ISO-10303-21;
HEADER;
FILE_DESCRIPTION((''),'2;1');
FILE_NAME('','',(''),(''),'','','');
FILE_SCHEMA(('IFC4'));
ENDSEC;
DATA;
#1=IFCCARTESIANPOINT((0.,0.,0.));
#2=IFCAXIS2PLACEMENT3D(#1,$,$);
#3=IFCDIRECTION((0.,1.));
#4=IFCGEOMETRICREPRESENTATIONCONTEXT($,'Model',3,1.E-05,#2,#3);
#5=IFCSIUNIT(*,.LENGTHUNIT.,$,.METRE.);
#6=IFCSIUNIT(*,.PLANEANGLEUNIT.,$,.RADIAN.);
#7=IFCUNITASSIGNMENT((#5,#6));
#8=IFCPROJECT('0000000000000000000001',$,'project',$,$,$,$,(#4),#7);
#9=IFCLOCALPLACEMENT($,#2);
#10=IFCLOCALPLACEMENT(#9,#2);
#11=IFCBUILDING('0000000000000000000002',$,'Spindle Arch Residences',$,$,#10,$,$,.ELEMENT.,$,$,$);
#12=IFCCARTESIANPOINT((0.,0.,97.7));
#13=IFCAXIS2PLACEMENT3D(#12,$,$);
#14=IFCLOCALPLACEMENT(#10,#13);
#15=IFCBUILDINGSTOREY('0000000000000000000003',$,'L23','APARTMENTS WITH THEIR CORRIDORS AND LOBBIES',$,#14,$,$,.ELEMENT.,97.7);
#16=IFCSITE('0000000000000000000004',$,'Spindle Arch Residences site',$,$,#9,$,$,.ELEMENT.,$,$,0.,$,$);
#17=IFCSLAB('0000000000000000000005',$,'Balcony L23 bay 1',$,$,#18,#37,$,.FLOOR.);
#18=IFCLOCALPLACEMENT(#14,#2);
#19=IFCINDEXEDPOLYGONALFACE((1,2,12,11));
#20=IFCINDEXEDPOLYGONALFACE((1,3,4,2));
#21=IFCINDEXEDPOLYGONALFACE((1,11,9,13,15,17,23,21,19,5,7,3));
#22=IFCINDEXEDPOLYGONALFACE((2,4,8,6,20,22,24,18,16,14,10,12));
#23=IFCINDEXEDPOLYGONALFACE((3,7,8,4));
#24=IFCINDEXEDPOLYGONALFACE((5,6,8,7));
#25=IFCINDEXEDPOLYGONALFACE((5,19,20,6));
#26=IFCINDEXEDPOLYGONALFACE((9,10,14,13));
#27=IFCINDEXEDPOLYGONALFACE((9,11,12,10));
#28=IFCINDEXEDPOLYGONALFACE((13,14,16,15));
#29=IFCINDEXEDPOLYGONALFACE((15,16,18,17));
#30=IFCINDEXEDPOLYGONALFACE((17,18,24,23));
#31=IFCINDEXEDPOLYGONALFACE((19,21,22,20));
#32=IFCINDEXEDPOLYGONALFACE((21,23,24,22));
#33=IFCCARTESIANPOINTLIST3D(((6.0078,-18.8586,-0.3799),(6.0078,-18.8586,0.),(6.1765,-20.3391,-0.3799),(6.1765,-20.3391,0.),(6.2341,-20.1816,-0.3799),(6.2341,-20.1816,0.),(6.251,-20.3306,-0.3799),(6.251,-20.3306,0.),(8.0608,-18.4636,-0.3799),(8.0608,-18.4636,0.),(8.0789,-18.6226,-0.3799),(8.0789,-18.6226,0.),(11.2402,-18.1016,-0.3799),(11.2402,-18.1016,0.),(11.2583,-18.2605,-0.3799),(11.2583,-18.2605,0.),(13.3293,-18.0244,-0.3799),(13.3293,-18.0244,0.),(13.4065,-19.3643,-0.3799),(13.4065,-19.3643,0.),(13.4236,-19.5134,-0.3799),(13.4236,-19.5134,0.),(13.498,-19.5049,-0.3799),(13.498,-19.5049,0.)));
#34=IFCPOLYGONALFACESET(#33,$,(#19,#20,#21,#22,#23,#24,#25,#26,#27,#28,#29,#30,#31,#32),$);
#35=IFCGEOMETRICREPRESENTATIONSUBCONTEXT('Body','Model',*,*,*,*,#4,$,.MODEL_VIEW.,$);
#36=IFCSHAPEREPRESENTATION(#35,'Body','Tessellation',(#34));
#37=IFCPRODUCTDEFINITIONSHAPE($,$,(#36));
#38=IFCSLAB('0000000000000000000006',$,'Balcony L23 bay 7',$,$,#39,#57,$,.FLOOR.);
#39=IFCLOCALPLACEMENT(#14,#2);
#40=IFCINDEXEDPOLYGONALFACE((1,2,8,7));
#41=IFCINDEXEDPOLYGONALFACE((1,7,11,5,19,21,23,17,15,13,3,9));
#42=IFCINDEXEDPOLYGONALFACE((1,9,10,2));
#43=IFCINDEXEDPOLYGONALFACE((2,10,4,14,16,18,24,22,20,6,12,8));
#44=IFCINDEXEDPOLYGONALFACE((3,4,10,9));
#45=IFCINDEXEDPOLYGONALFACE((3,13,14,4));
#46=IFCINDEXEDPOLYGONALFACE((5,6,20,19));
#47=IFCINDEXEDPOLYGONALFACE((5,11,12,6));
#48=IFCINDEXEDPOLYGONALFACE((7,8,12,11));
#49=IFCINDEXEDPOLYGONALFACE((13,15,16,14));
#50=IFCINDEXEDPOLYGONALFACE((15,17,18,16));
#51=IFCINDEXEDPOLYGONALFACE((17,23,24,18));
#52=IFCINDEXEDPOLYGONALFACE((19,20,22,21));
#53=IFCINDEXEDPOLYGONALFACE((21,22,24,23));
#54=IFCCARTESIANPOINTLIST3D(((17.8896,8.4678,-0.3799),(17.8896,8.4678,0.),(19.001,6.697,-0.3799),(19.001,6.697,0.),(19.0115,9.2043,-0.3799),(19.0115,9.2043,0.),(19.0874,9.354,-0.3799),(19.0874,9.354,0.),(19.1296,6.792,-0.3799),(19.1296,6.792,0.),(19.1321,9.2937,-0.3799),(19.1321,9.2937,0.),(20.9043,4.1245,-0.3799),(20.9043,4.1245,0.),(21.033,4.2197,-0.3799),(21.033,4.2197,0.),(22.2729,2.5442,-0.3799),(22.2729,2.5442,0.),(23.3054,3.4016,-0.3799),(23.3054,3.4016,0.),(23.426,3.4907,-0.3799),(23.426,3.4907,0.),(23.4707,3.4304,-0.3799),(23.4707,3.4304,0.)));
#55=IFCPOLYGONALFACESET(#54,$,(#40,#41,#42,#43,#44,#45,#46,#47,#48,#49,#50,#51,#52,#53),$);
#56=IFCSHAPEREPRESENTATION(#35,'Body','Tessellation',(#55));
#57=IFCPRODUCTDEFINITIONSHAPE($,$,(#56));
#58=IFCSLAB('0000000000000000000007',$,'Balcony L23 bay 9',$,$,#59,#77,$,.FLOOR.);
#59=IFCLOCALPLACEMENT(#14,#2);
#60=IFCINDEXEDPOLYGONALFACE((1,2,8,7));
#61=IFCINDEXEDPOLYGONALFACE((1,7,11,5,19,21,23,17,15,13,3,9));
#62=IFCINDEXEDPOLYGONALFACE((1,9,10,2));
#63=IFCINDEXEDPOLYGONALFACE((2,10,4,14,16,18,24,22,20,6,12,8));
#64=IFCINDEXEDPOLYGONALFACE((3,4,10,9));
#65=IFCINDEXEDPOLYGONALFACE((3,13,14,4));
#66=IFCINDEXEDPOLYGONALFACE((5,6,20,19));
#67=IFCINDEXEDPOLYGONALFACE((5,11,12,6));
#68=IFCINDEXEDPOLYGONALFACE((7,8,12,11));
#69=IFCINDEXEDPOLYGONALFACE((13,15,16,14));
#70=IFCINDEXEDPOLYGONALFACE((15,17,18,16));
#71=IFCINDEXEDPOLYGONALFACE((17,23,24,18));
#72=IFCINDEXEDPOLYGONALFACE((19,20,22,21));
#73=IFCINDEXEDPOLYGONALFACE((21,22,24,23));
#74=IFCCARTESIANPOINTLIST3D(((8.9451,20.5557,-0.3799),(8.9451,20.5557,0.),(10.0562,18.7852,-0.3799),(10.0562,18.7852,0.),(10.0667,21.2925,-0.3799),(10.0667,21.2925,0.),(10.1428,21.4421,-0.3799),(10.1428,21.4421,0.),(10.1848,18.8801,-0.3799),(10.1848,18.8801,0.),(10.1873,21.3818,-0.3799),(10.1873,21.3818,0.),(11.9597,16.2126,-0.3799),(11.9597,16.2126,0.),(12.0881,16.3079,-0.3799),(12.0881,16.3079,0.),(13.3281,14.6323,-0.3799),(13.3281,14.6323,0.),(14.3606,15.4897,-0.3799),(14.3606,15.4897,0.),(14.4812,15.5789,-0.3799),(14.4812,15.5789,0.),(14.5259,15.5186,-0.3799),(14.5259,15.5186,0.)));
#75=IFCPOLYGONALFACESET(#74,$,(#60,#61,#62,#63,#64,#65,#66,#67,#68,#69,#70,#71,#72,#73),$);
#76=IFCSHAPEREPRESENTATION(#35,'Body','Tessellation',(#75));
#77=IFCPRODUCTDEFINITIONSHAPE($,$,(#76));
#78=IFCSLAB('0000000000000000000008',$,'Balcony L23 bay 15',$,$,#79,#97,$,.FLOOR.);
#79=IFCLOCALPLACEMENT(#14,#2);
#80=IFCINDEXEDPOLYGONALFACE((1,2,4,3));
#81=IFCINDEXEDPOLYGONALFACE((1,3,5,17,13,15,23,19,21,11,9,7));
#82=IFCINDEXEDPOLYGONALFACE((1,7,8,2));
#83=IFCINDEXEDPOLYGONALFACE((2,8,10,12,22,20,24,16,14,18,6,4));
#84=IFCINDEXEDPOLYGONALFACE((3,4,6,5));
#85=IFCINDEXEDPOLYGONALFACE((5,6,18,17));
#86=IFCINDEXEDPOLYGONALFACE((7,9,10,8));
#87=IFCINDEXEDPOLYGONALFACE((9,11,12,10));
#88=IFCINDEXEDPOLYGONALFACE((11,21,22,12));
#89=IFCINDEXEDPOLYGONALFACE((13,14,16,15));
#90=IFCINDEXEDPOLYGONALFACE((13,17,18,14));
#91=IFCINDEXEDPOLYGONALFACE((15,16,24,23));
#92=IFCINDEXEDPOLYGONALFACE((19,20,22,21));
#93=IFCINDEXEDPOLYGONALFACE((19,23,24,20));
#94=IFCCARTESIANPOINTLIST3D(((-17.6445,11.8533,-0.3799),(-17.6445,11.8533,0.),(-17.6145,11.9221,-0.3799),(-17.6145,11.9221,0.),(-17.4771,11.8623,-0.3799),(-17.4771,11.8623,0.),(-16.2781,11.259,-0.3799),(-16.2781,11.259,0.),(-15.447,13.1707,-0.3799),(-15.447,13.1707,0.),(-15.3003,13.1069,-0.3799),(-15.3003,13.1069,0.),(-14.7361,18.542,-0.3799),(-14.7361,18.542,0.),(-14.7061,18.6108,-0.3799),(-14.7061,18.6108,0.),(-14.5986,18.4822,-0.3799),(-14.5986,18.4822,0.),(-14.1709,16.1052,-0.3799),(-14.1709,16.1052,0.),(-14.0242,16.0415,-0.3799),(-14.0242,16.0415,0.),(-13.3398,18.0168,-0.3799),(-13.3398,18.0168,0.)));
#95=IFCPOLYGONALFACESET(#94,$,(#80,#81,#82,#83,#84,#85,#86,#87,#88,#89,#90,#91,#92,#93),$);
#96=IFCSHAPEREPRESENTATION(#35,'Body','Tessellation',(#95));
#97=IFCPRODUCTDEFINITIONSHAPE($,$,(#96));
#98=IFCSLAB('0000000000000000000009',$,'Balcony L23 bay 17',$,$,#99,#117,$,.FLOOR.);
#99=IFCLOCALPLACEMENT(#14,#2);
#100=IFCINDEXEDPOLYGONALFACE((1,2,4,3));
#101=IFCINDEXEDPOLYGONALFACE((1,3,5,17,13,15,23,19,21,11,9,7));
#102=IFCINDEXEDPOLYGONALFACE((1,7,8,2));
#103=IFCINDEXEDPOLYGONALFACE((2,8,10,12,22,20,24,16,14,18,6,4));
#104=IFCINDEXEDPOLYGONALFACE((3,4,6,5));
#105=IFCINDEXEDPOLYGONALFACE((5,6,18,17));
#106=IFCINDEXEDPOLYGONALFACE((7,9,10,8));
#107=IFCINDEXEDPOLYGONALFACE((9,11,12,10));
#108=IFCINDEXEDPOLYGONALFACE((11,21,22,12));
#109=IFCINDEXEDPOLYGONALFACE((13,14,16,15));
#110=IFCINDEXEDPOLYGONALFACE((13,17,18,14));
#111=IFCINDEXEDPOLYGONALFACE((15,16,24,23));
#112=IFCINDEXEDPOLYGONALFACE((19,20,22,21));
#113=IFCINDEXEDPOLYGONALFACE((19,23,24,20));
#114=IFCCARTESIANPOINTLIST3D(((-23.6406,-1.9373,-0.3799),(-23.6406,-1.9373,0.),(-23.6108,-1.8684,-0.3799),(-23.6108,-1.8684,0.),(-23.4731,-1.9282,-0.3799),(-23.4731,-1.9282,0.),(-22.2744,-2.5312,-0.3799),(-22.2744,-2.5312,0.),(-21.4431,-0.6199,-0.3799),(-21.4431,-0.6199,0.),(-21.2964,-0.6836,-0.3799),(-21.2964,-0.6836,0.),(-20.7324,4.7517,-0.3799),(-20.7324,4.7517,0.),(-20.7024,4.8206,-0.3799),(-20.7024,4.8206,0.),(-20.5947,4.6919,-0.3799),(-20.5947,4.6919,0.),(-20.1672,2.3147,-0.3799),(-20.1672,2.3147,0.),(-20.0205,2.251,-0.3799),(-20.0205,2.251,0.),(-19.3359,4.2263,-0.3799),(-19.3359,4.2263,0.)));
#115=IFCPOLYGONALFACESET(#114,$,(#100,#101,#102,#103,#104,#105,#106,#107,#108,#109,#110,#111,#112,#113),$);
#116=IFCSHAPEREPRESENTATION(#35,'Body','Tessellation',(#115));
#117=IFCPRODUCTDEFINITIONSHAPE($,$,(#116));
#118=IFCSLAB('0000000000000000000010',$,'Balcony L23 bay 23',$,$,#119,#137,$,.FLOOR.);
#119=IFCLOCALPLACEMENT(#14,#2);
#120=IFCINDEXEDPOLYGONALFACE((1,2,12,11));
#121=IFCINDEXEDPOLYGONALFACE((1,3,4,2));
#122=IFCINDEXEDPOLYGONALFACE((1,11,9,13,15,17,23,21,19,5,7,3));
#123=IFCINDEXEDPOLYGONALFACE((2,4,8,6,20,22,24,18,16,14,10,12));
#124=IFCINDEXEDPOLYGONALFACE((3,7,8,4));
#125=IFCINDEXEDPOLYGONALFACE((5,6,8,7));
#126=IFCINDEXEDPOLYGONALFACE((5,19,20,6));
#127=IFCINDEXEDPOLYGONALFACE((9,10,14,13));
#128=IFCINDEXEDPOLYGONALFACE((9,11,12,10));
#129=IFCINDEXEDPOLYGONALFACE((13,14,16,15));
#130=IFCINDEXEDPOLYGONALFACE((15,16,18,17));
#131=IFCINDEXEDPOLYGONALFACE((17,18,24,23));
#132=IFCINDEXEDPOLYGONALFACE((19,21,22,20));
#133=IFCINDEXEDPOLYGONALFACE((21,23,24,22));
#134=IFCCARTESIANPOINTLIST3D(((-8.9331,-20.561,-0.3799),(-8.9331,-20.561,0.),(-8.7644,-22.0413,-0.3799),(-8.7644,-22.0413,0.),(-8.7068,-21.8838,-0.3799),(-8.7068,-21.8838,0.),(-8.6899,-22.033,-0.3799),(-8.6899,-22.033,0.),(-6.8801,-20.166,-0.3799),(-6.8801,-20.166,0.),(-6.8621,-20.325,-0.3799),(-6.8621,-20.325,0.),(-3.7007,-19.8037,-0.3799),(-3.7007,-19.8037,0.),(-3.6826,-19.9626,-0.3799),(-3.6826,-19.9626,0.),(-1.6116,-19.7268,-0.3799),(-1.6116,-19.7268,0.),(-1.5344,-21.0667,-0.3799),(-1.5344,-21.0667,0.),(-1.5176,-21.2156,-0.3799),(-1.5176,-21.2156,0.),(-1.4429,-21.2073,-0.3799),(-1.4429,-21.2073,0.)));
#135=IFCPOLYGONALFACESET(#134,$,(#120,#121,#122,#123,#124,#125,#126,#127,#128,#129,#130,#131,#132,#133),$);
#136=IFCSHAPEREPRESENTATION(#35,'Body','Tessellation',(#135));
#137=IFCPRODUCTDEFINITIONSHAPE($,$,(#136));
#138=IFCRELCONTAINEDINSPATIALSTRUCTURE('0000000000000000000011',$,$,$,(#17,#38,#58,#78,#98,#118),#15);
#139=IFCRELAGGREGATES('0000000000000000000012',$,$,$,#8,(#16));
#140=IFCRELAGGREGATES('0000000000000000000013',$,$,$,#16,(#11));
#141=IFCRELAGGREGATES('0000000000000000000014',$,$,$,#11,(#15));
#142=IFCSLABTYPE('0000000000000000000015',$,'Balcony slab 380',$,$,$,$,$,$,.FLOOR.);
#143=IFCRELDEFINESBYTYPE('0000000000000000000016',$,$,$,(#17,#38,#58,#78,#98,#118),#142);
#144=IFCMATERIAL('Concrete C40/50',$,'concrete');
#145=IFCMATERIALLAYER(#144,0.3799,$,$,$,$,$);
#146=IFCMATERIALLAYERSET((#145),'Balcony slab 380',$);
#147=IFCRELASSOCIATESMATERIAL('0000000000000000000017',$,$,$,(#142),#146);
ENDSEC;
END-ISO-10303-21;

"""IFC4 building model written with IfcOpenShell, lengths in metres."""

from ifc_helpers import new_model, si_unit, direction, frame, origin, place, context, subcontext, project, spatial, polyline, outline, extrude, material, layer, layer_set, type_object, element, save


model = new_model("IFC4")

# Units and contexts
model_context = context("Model", 3, precision=1e-05, world=origin(), true_north=direction((0.0, 1.0)))
body_context = subcontext(model_context, "Body", "Model", "MODEL_VIEW")
ifc_project = project(units=[si_unit("LENGTHUNIT", "METRE"), si_unit("PLANEANGLEUNIT", "RADIAN")], contexts=[model_context])

# Site, building, storey
site_placement = place(None, origin())
site = spatial("IfcSite", under=ifc_project, at=site_placement, Name="Spindle Arch Residences site", CompositionType="ELEMENT", RefElevation=0.0)
building_placement = place(site_placement, origin())
building = spatial("IfcBuilding", under=site, at=building_placement, Name="Spindle Arch Residences", CompositionType="ELEMENT")
storey_placement = place(building_placement, frame((0.0, 0.0, 97.7)))
storey = spatial("IfcBuildingStorey", under=building, at=storey_placement, Name="L23", Description="APARTMENTS WITH THEIR CORRIDORS AND LOBBIES", CompositionType="ELEMENT", Elevation=97.7)

# Slabs
ifc_material_1 = material(Name="Concrete C40/50", Category="concrete")
ifc_layer_1 = layer(ifc_material_1, 0.3799)
ifc_layer_set_1 = layer_set([ifc_layer_1], Name="Balcony slab 380")
slab_type_1 = type_object("IfcSlabType", Name="Balcony slab 380", PredefinedType="FLOOR", material=ifc_layer_set_1)
slab_1_placement = place(storey_placement, frame((0.0, 0.0, -0.3799)))
element("IfcSlab", 1, at=slab_1_placement, inside=storey, type_object=slab_type_1, Name="Balcony L23 bay 1", PredefinedType="FLOOR", context=body_context, shape_type="SweptSolid", body=[
    extrude(outline(polyline([(6.1765, -20.3391), (6.251, -20.3306), (6.2341, -20.1816), (13.4065, -19.3643), (13.4236, -19.5134), (13.498, -19.5049), (13.3293, -18.0244), (11.2583, -18.2605), (11.2402, -18.1016), (8.0608, -18.4636), (8.0789, -18.6226), (6.0078, -18.8586), (6.1765, -20.3391)])), origin(), (0.0, 0.0, 1.0), 0.3799),
])
slab_2_placement = place(storey_placement, frame((0.0, 0.0, -0.3799)))
element("IfcSlab", 2, at=slab_2_placement, inside=storey, type_object=slab_type_1, Name="Balcony L23 bay 7", PredefinedType="FLOOR", context=body_context, shape_type="SweptSolid", body=[
    extrude(outline(polyline([(23.4707, 3.4304), (23.426, 3.4907), (23.3054, 3.4016), (19.0115, 9.2043), (19.1321, 9.2937), (19.0874, 9.354), (17.8896, 8.4678), (19.1296, 6.792), (19.001, 6.697), (20.9043, 4.1245), (21.033, 4.2197), (22.2729, 2.5442), (23.4707, 3.4304)])), origin(), (0.0, 0.0, 1.0), 0.3799),
])
slab_3_placement = place(storey_placement, frame((0.0, 0.0, -0.3799)))
element("IfcSlab", 3, at=slab_3_placement, inside=storey, type_object=slab_type_1, Name="Balcony L23 bay 9", PredefinedType="FLOOR", context=body_context, shape_type="SweptSolid", body=[
    extrude(outline(polyline([(14.5259, 15.5186), (14.4812, 15.5789), (14.3606, 15.4897), (10.0667, 21.2925), (10.1873, 21.3818), (10.1428, 21.4421), (8.9451, 20.5557), (10.1848, 18.8801), (10.0562, 18.7852), (11.9597, 16.2126), (12.0881, 16.3079), (13.3281, 14.6323), (14.5259, 15.5186)])), origin(), (0.0, 0.0, 1.0), 0.3799),
])
slab_4_placement = place(storey_placement, frame((0.0, 0.0, -0.3799)))
element("IfcSlab", 4, at=slab_4_placement, inside=storey, type_object=slab_type_1, Name="Balcony L23 bay 15", PredefinedType="FLOOR", context=body_context, shape_type="SweptSolid", body=[
    extrude(outline(polyline([(-14.7061, 18.6108), (-14.7361, 18.542), (-14.5986, 18.4822), (-17.4771, 11.8623), (-17.6145, 11.9221), (-17.6445, 11.8533), (-16.2781, 11.259), (-15.447, 13.1707), (-15.3003, 13.1069), (-14.0242, 16.0415), (-14.1709, 16.1052), (-13.3398, 18.0168), (-14.7061, 18.6108)])), origin(), (0.0, 0.0, 1.0), 0.3799),
])
slab_5_placement = place(storey_placement, frame((0.0, 0.0, -0.3799)))
element("IfcSlab", 5, at=slab_5_placement, inside=storey, type_object=slab_type_1, Name="Balcony L23 bay 17", PredefinedType="FLOOR", context=body_context, shape_type="SweptSolid", body=[
    extrude(outline(polyline([(-20.7024, 4.8206), (-20.7324, 4.7517), (-20.5947, 4.6919), (-23.4731, -1.9282), (-23.6108, -1.8684), (-23.6406, -1.9373), (-22.2744, -2.5312), (-21.4431, -0.6199), (-21.2964, -0.6836), (-20.0205, 2.251), (-20.1672, 2.3147), (-19.3359, 4.2263), (-20.7024, 4.8206)])), origin(), (0.0, 0.0, 1.0), 0.3799),
])
slab_6_placement = place(storey_placement, frame((0.0, 0.0, -0.3799)))
element("IfcSlab", 6, at=slab_6_placement, inside=storey, type_object=slab_type_1, Name="Balcony L23 bay 23", PredefinedType="FLOOR", context=body_context, shape_type="SweptSolid", body=[
    extrude(outline(polyline([(-8.7644, -22.0413), (-8.6899, -22.033), (-8.7068, -21.8838), (-1.5344, -21.0667), (-1.5176, -21.2156), (-1.4429, -21.2073), (-1.6116, -19.7268), (-3.6826, -19.9626), (-3.7007, -19.8037), (-6.8801, -20.166), (-6.8621, -20.325), (-8.9331, -20.561), (-8.7644, -22.0413)])), origin(), (0.0, 0.0, 1.0), 0.3799),
])

save(model, "model.ifc")
